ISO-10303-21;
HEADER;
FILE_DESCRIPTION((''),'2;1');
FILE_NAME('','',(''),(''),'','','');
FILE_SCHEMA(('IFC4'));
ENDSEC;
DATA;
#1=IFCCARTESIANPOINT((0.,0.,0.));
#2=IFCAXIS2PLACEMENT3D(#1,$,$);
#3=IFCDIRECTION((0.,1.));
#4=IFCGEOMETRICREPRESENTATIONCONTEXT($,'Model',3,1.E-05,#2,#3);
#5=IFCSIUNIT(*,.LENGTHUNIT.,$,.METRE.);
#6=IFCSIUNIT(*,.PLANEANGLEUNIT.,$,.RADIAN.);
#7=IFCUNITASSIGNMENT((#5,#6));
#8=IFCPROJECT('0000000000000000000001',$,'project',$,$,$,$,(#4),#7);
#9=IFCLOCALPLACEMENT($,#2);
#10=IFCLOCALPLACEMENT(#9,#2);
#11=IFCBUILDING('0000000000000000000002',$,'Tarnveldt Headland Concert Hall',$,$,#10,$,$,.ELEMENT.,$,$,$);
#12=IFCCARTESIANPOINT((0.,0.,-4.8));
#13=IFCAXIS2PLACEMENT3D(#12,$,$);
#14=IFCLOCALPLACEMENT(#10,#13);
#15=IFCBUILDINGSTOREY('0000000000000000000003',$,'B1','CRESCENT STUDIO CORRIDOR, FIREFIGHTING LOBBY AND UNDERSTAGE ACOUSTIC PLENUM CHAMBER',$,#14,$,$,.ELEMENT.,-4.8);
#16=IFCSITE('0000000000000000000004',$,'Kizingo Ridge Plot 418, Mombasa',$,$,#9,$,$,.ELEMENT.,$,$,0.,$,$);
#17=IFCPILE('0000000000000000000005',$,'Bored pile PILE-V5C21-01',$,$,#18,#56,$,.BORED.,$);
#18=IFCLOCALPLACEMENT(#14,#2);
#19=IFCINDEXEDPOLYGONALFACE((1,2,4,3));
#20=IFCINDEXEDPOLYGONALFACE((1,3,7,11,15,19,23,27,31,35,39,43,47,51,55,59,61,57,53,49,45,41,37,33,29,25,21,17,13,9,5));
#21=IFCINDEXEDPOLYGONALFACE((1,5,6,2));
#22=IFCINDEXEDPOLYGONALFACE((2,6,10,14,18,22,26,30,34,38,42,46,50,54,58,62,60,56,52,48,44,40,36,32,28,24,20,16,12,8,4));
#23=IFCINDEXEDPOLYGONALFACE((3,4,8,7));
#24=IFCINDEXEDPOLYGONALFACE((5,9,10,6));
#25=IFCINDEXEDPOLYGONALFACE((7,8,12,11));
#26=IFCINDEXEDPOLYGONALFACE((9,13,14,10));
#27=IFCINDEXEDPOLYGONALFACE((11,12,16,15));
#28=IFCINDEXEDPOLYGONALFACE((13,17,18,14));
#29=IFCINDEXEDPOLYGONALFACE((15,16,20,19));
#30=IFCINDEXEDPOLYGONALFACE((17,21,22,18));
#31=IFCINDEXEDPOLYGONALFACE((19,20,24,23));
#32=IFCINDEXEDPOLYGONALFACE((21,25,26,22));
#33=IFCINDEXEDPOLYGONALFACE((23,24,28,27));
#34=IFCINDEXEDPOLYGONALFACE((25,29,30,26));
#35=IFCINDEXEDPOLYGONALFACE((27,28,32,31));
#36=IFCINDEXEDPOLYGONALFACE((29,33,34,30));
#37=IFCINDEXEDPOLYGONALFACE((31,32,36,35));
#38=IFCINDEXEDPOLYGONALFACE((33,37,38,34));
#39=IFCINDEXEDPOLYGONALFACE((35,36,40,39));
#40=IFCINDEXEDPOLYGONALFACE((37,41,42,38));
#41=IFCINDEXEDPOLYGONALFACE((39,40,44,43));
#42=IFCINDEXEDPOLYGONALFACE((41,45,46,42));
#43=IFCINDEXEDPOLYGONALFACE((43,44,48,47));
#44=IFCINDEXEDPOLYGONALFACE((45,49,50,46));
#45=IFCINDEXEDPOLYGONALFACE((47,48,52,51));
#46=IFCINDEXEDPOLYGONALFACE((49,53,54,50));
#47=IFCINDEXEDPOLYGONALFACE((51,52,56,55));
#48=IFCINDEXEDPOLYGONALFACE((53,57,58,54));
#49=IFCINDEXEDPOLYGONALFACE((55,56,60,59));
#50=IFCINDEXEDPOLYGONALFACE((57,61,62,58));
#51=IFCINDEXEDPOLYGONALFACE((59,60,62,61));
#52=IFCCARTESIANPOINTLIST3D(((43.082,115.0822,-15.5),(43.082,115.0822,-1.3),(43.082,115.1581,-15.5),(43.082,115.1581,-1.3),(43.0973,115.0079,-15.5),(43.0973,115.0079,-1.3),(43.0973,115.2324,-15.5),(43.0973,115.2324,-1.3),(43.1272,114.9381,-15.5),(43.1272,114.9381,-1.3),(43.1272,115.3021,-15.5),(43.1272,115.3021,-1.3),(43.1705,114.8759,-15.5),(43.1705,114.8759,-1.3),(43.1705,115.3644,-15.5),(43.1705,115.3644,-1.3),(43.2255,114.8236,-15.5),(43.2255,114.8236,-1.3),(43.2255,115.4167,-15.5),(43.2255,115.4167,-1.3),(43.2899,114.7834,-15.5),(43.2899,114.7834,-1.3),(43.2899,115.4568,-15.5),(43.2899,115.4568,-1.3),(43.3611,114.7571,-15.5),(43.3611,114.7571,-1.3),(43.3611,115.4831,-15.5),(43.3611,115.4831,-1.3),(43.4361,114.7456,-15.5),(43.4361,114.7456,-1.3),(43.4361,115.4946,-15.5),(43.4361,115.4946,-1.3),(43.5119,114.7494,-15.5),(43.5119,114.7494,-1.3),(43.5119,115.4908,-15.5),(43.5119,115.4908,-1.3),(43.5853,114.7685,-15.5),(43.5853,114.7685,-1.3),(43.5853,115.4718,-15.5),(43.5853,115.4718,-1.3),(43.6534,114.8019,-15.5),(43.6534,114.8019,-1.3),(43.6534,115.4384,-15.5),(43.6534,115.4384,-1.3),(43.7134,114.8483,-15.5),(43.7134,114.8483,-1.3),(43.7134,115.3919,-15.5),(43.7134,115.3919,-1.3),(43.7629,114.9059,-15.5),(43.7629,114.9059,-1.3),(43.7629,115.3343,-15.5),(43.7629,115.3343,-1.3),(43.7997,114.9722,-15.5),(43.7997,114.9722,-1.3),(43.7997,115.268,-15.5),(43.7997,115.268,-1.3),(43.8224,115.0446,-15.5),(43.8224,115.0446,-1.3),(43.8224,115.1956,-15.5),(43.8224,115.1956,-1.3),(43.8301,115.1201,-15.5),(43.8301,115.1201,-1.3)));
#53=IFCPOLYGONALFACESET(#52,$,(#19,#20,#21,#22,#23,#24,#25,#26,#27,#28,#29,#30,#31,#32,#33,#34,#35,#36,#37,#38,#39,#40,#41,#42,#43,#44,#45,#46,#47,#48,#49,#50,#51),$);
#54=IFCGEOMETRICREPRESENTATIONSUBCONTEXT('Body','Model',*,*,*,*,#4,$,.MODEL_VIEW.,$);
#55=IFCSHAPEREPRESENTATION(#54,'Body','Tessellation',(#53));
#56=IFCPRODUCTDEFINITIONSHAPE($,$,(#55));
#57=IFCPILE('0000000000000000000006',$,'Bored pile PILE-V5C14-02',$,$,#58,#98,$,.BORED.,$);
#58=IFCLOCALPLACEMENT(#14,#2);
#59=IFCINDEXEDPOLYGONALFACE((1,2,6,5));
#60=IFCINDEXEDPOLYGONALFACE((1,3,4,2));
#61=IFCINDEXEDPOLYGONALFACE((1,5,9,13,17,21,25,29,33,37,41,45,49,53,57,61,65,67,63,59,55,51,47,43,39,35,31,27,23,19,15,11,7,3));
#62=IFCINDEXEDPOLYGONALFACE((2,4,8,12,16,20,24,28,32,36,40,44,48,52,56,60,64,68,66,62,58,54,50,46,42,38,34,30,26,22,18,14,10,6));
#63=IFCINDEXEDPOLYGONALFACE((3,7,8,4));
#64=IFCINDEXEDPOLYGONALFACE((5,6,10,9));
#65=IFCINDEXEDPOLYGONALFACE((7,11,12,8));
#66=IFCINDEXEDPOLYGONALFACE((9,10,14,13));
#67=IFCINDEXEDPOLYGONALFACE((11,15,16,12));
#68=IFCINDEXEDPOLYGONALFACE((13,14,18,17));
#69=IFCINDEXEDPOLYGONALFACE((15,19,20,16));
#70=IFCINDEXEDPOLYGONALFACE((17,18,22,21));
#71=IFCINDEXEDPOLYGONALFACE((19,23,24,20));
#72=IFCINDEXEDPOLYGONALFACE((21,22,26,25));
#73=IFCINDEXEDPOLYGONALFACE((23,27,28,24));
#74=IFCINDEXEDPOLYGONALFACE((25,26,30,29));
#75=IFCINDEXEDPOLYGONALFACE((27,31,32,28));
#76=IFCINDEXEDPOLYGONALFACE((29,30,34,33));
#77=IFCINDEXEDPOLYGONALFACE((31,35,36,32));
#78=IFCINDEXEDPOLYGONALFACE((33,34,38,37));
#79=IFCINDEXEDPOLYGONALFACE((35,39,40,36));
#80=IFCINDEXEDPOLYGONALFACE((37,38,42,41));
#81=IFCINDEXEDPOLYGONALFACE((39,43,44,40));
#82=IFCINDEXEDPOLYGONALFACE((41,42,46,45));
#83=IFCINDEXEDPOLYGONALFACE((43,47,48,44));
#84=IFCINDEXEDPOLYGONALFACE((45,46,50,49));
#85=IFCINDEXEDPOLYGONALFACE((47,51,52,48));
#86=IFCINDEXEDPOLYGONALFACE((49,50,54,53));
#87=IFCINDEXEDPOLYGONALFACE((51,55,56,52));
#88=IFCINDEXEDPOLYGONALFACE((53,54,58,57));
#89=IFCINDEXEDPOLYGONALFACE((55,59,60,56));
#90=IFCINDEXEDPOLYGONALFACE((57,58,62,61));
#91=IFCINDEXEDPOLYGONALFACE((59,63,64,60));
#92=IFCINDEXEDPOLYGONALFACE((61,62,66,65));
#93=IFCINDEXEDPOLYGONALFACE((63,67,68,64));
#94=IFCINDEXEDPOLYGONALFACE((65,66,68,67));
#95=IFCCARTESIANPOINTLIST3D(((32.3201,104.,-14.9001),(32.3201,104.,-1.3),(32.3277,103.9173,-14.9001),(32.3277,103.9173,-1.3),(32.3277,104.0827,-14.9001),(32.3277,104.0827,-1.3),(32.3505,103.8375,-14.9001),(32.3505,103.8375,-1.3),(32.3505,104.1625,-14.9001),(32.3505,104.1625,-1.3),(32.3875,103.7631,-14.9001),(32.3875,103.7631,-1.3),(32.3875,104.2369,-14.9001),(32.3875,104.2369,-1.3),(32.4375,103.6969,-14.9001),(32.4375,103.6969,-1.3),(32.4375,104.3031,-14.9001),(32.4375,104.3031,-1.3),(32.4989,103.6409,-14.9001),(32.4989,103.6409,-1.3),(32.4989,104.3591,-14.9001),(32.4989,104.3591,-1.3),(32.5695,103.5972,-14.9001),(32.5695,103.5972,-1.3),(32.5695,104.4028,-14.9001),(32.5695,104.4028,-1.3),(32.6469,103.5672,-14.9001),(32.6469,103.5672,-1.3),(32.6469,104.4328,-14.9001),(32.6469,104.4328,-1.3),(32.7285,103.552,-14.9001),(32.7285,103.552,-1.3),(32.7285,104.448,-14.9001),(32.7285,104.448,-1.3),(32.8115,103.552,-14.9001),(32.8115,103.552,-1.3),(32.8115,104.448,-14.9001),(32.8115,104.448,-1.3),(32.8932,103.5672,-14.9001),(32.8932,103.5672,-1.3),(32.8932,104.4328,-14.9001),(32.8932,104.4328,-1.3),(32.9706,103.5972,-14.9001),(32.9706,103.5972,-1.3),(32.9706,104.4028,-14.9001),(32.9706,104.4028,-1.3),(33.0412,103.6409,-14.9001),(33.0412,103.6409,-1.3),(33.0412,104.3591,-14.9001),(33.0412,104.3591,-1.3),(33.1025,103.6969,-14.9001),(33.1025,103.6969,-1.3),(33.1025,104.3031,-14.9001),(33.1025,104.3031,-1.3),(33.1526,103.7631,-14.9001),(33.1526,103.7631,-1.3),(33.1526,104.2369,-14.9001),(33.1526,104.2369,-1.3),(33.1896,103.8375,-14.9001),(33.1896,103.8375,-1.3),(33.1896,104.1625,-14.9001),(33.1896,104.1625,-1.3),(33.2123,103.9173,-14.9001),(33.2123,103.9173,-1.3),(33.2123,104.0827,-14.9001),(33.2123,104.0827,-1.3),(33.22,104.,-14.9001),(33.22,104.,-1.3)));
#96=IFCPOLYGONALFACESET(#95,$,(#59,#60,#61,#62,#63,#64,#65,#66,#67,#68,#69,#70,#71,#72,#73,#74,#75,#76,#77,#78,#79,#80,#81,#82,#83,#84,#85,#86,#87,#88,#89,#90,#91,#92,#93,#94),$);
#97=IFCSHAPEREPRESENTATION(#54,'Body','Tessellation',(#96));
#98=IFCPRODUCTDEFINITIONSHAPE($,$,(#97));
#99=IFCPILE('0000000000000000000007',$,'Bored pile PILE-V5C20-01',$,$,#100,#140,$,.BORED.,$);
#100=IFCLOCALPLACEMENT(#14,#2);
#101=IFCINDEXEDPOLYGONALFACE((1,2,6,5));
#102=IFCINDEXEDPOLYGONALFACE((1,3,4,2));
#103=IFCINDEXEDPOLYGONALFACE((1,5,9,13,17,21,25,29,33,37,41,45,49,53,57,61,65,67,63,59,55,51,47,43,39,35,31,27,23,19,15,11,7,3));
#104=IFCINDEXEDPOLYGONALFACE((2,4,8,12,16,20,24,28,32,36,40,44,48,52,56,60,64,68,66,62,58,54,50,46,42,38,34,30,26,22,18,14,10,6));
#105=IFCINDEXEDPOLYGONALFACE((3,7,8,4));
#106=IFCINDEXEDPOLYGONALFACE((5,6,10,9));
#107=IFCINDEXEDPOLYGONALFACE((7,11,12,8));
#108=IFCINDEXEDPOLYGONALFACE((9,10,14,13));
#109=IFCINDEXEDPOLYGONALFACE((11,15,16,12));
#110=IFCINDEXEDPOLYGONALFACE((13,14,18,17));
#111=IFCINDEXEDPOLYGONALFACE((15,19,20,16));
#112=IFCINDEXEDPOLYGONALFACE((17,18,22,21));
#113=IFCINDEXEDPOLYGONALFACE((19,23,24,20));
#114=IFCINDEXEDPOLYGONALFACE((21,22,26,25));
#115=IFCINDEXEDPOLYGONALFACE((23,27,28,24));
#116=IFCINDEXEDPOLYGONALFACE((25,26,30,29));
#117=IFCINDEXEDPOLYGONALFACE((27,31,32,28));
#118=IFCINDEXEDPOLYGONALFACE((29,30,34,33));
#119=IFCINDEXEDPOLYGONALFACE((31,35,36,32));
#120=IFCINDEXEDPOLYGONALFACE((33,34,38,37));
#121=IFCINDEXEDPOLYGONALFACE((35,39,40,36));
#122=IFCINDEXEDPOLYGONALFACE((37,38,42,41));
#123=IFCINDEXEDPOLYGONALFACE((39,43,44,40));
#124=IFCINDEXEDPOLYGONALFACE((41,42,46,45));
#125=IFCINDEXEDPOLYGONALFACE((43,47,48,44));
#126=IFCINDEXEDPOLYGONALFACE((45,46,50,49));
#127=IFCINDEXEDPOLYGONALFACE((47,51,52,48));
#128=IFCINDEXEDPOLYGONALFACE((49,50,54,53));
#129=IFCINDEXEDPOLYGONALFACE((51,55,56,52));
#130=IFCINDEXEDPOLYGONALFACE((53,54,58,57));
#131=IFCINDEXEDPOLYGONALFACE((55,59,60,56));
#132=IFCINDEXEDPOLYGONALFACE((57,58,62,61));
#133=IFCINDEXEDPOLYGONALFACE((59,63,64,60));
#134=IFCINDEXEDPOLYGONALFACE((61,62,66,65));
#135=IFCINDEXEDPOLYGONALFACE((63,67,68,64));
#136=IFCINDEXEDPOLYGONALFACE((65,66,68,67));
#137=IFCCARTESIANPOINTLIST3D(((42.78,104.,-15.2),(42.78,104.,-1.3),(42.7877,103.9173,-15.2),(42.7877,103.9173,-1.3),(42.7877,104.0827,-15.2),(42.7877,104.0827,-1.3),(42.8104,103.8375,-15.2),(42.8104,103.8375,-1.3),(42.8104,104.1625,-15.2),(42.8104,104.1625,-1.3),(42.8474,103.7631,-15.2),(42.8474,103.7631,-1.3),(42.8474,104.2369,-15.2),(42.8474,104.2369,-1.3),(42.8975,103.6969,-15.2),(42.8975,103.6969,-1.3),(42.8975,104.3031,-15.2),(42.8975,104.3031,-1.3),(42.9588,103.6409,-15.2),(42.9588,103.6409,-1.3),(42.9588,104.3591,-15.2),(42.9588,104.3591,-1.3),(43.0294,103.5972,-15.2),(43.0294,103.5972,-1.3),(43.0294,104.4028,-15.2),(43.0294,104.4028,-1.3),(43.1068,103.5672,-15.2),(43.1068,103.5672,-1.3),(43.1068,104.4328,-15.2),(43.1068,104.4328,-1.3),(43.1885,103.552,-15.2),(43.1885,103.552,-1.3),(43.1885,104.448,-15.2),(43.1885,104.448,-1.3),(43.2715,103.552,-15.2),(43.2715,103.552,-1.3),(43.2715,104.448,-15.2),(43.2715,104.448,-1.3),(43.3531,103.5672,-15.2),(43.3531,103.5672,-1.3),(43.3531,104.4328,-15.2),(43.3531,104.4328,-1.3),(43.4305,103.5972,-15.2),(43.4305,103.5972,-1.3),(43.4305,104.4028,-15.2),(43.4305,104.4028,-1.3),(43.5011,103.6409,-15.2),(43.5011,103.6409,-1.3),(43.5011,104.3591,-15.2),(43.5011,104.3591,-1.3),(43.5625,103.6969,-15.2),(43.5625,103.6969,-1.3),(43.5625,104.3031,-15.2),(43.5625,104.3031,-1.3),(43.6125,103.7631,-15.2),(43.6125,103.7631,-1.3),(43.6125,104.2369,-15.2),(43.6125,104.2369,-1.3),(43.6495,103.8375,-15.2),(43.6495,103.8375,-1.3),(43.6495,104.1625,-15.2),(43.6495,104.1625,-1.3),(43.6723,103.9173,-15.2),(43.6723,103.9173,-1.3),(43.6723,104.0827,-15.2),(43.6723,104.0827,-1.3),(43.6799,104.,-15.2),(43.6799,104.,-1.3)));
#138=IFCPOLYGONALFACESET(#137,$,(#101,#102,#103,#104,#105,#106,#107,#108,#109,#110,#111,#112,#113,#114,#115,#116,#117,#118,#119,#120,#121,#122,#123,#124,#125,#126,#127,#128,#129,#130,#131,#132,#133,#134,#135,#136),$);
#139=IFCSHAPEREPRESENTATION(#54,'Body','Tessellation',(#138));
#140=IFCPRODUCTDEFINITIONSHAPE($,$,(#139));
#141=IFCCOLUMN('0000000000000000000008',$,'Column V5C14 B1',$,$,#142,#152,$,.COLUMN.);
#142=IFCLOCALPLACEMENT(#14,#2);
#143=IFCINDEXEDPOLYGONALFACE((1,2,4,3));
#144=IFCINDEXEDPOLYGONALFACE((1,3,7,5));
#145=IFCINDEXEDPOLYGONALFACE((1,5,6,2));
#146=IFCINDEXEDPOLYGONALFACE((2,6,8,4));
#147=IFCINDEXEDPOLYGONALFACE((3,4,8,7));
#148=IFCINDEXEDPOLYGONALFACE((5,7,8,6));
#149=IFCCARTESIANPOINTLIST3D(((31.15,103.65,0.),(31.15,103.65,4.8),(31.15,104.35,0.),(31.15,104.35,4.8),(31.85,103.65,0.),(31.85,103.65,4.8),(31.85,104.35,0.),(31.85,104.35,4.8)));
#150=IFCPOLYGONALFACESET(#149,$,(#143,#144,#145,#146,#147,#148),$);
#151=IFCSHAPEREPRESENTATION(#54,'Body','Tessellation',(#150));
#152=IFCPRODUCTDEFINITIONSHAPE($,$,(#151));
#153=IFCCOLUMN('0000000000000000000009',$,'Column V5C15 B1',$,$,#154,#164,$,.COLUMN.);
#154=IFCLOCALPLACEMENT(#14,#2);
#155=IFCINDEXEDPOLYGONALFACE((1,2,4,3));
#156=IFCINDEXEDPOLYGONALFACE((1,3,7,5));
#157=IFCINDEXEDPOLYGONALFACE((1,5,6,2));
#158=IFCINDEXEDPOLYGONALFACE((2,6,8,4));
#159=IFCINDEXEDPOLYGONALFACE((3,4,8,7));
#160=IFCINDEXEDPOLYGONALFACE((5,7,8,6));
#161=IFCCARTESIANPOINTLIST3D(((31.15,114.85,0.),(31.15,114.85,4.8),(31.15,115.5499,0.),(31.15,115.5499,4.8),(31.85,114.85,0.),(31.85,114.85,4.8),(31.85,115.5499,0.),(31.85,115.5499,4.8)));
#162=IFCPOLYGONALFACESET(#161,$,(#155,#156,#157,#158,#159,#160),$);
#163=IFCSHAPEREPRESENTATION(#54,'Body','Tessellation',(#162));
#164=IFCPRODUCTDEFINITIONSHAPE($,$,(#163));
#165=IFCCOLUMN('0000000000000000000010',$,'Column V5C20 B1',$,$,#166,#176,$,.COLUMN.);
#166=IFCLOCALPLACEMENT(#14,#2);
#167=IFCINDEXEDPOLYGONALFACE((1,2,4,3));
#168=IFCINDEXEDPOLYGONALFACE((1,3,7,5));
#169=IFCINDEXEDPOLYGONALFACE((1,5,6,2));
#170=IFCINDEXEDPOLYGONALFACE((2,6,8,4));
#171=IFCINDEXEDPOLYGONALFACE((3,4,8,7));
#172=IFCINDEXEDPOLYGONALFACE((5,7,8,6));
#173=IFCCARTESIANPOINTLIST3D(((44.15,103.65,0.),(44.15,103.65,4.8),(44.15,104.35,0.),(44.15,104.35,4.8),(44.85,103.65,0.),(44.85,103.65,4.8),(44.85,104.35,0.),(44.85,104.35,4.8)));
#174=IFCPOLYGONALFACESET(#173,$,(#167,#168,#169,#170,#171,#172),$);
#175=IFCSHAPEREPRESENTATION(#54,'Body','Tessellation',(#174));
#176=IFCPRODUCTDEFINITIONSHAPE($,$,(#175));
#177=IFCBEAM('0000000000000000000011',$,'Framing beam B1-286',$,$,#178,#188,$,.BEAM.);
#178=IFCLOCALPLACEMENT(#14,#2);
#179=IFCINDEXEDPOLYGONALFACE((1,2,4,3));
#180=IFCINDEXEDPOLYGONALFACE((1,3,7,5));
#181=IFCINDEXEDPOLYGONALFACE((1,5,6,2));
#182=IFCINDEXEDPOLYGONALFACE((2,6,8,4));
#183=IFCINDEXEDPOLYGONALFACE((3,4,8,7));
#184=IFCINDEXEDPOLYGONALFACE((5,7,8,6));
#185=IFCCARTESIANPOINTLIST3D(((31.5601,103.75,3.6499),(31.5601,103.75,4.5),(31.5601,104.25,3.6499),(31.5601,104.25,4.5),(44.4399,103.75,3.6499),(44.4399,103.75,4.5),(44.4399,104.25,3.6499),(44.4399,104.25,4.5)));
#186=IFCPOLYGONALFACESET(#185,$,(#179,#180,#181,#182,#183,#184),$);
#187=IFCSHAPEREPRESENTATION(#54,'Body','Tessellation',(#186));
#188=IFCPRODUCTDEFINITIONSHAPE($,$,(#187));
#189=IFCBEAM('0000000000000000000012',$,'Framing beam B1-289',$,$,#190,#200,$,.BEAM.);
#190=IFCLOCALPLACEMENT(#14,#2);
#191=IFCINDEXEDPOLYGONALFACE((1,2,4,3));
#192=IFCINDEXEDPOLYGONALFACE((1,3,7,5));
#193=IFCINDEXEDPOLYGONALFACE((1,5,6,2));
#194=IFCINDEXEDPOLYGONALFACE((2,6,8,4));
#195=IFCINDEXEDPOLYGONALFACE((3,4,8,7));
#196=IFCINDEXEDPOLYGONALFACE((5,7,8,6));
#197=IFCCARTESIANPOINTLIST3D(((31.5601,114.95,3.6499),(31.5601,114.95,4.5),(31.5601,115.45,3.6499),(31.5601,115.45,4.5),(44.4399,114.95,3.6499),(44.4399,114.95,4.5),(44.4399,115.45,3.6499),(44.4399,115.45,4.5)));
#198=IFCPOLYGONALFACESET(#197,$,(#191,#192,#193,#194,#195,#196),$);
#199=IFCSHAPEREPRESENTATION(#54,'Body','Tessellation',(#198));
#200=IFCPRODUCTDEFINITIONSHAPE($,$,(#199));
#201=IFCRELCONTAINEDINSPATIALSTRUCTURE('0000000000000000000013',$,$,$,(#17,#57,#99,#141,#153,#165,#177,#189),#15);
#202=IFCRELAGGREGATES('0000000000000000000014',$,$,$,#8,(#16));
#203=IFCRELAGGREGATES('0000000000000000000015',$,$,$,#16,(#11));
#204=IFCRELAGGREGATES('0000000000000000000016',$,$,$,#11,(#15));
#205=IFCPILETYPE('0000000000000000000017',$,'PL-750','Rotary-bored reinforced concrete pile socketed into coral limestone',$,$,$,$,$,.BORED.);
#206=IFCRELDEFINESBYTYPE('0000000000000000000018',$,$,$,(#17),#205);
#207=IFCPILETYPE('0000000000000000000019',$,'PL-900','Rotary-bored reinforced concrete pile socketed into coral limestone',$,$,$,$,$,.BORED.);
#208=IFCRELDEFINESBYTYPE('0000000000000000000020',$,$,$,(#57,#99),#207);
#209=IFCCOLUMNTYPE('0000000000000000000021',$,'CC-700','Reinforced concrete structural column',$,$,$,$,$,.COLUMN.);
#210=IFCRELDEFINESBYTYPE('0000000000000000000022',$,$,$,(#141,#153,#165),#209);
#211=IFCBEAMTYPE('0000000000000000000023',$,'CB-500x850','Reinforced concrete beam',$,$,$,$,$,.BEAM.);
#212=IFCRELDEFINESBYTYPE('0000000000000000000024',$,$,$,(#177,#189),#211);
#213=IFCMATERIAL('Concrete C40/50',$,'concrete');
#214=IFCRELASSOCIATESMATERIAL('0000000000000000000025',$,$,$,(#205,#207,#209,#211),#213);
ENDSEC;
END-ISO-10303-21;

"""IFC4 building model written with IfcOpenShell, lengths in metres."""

from ifc_helpers import new_model, si_unit, direction, frame, origin, origin_2d, place, context, subcontext, project, spatial, rectangle, circle, extrude, material, material_profile, profile_set, type_object, element, save


model = new_model("IFC4")

# Units and contexts
model_context = context("Model", 3, precision=1e-05, world=origin(), true_north=direction((0.0, 1.0)))
body_context = subcontext(model_context, "Body", "Model", "MODEL_VIEW")
ifc_project = project(units=[si_unit("LENGTHUNIT", "METRE"), si_unit("PLANEANGLEUNIT", "RADIAN")], contexts=[model_context])

# Site, building, storey
site_placement = place(None, origin())
site = spatial("IfcSite", under=ifc_project, at=site_placement, Name="Kizingo Ridge Plot 418, Mombasa", CompositionType="ELEMENT", RefElevation=0.0)
building_placement = place(site_placement, origin())
building = spatial("IfcBuilding", under=site, at=building_placement, Name="Tarnveldt Headland Concert Hall", CompositionType="ELEMENT")
storey_placement = place(building_placement, frame((0.0, 0.0, -4.8)))
storey = spatial("IfcBuildingStorey", under=building, at=storey_placement, Name="B1", Description="CRESCENT STUDIO CORRIDOR, FIREFIGHTING LOBBY AND UNDERSTAGE ACOUSTIC PLENUM CHAMBER", CompositionType="ELEMENT", Elevation=-4.8)

# Shared definitions
ifc_material_1 = material(Name="Concrete C40/50", Category="concrete")

# Piles
ifc_material_profile_1 = material_profile(ifc_material_1, circle(Radius=0.375, at=origin_2d()), Name="BORED PILE D750", Category="concrete")
ifc_profile_set_1 = profile_set([ifc_material_profile_1], Name="Concrete C40/50")
pile_type_1 = type_object("IfcPileType", Name="PL-750", Description="Rotary-bored reinforced concrete pile socketed into coral limestone", PredefinedType="BORED", material=ifc_profile_set_1)
pile_1_placement = place(storey_placement, frame((43.4551, 115.1201, -1.3), z_axis=(0.0, 0.0, -1.0), x_axis=(1.0, 0.0, 0.0)))
element("IfcPile", 1, at=pile_1_placement, inside=storey, type_object=pile_type_1, Name="Bored pile PILE-V5C21-01", PredefinedType="BORED", context=body_context, shape_type="SweptSolid", body=[
    extrude(circle(Radius=0.375, at=origin_2d()), origin(), (0.0, 0.0, 1.0), 14.2),
])
ifc_material_profile_2 = material_profile(ifc_material_1, circle(Radius=0.45, at=origin_2d()), Name="BORED PILE D900", Category="concrete")
ifc_profile_set_2 = profile_set([ifc_material_profile_2], Name="Concrete C40/50")
pile_type_2 = type_object("IfcPileType", Name="PL-900", Description="Rotary-bored reinforced concrete pile socketed into coral limestone", PredefinedType="BORED", material=ifc_profile_set_2)
pile_2_placement = place(storey_placement, frame((32.77, 104.0, -1.3), z_axis=(0.0, 0.0, -1.0), x_axis=(1.0, 0.0, 0.0)))
element("IfcPile", 2, at=pile_2_placement, inside=storey, type_object=pile_type_2, Name="Bored pile PILE-V5C14-02", PredefinedType="BORED", context=body_context, shape_type="SweptSolid", body=[
    extrude(circle(Radius=0.45, at=origin_2d()), origin(), (0.0, 0.0, 1.0), 13.6001),
])
pile_3_placement = place(storey_placement, frame((43.23, 104.0, -1.3), z_axis=(0.0, 0.0, -1.0), x_axis=(1.0, 0.0, 0.0)))
element("IfcPile", 3, at=pile_3_placement, inside=storey, type_object=pile_type_2, Name="Bored pile PILE-V5C20-01", PredefinedType="BORED", context=body_context, shape_type="SweptSolid", body=[
    extrude(circle(Radius=0.45, at=origin_2d()), origin(), (0.0, 0.0, 1.0), 13.8999),
])

# Columns
ifc_material_profile_3 = material_profile(ifc_material_1, rectangle(XDim=0.7, YDim=0.7, at=origin_2d()), Name="RC 700x700", Category="concrete")
ifc_profile_set_3 = profile_set([ifc_material_profile_3], Name="Concrete C40/50")
column_type = type_object("IfcColumnType", Name="CC-700", Description="Reinforced concrete structural column", PredefinedType="COLUMN", material=ifc_profile_set_3)
for number, where, z_axis, x_axis, name in (
    (4, (31.5, 104.0, 0.0), (0.0, 0.0, 1.0), (1.0, 0.0, 0.0), "Column V5C14 B1"),
    (5, (31.5, 115.2, 0.0), (0.0, 0.0, 1.0), (1.0, 0.0, 0.0), "Column V5C15 B1"),
    (6, (44.5, 104.0, 0.0), (0.0, 0.0, 1.0), (1.0, 0.0, 0.0), "Column V5C20 B1"),
):
    element("IfcColumn", number, at=place(storey_placement, frame(where, z_axis=z_axis, x_axis=x_axis)), inside=storey, type_object=column_type, Name=name, PredefinedType="COLUMN", context=body_context, shape_type="SweptSolid", body=[
        extrude(rectangle(XDim=0.7, YDim=0.7, at=origin_2d()), origin(), (0.0, 0.0, 1.0), 4.8),
    ])

# Beams
ifc_material_profile_4 = material_profile(ifc_material_1, rectangle(XDim=0.5, YDim=0.8501, at=origin_2d()), Name="RC 500x850", Category="concrete")
ifc_profile_set_4 = profile_set([ifc_material_profile_4], Name="Concrete C40/50")
beam_type_1 = type_object("IfcBeamType", Name="CB-500x850", Description="Reinforced concrete beam", PredefinedType="BEAM", material=ifc_profile_set_4)
for number, where, z_axis, x_axis, name in (
    (7, (31.5601, 104.0, 4.075), (1.0, 0.0, 0.0), (0.0, 1.0, 0.0), "Framing beam B1-286"),
    (8, (31.5601, 115.2, 4.075), (1.0, 0.0, 0.0), (0.0, 1.0, 0.0), "Framing beam B1-289"),
):
    element("IfcBeam", number, at=place(storey_placement, frame(where, z_axis=z_axis, x_axis=x_axis)), inside=storey, type_object=beam_type_1, Name=name, PredefinedType="BEAM", context=body_context, shape_type="SweptSolid", body=[
        extrude(rectangle(XDim=0.5, YDim=0.8501, at=origin_2d()), origin(), (0.0, 0.0, 1.0), 12.8799),
    ])

save(model, "model.ifc")
